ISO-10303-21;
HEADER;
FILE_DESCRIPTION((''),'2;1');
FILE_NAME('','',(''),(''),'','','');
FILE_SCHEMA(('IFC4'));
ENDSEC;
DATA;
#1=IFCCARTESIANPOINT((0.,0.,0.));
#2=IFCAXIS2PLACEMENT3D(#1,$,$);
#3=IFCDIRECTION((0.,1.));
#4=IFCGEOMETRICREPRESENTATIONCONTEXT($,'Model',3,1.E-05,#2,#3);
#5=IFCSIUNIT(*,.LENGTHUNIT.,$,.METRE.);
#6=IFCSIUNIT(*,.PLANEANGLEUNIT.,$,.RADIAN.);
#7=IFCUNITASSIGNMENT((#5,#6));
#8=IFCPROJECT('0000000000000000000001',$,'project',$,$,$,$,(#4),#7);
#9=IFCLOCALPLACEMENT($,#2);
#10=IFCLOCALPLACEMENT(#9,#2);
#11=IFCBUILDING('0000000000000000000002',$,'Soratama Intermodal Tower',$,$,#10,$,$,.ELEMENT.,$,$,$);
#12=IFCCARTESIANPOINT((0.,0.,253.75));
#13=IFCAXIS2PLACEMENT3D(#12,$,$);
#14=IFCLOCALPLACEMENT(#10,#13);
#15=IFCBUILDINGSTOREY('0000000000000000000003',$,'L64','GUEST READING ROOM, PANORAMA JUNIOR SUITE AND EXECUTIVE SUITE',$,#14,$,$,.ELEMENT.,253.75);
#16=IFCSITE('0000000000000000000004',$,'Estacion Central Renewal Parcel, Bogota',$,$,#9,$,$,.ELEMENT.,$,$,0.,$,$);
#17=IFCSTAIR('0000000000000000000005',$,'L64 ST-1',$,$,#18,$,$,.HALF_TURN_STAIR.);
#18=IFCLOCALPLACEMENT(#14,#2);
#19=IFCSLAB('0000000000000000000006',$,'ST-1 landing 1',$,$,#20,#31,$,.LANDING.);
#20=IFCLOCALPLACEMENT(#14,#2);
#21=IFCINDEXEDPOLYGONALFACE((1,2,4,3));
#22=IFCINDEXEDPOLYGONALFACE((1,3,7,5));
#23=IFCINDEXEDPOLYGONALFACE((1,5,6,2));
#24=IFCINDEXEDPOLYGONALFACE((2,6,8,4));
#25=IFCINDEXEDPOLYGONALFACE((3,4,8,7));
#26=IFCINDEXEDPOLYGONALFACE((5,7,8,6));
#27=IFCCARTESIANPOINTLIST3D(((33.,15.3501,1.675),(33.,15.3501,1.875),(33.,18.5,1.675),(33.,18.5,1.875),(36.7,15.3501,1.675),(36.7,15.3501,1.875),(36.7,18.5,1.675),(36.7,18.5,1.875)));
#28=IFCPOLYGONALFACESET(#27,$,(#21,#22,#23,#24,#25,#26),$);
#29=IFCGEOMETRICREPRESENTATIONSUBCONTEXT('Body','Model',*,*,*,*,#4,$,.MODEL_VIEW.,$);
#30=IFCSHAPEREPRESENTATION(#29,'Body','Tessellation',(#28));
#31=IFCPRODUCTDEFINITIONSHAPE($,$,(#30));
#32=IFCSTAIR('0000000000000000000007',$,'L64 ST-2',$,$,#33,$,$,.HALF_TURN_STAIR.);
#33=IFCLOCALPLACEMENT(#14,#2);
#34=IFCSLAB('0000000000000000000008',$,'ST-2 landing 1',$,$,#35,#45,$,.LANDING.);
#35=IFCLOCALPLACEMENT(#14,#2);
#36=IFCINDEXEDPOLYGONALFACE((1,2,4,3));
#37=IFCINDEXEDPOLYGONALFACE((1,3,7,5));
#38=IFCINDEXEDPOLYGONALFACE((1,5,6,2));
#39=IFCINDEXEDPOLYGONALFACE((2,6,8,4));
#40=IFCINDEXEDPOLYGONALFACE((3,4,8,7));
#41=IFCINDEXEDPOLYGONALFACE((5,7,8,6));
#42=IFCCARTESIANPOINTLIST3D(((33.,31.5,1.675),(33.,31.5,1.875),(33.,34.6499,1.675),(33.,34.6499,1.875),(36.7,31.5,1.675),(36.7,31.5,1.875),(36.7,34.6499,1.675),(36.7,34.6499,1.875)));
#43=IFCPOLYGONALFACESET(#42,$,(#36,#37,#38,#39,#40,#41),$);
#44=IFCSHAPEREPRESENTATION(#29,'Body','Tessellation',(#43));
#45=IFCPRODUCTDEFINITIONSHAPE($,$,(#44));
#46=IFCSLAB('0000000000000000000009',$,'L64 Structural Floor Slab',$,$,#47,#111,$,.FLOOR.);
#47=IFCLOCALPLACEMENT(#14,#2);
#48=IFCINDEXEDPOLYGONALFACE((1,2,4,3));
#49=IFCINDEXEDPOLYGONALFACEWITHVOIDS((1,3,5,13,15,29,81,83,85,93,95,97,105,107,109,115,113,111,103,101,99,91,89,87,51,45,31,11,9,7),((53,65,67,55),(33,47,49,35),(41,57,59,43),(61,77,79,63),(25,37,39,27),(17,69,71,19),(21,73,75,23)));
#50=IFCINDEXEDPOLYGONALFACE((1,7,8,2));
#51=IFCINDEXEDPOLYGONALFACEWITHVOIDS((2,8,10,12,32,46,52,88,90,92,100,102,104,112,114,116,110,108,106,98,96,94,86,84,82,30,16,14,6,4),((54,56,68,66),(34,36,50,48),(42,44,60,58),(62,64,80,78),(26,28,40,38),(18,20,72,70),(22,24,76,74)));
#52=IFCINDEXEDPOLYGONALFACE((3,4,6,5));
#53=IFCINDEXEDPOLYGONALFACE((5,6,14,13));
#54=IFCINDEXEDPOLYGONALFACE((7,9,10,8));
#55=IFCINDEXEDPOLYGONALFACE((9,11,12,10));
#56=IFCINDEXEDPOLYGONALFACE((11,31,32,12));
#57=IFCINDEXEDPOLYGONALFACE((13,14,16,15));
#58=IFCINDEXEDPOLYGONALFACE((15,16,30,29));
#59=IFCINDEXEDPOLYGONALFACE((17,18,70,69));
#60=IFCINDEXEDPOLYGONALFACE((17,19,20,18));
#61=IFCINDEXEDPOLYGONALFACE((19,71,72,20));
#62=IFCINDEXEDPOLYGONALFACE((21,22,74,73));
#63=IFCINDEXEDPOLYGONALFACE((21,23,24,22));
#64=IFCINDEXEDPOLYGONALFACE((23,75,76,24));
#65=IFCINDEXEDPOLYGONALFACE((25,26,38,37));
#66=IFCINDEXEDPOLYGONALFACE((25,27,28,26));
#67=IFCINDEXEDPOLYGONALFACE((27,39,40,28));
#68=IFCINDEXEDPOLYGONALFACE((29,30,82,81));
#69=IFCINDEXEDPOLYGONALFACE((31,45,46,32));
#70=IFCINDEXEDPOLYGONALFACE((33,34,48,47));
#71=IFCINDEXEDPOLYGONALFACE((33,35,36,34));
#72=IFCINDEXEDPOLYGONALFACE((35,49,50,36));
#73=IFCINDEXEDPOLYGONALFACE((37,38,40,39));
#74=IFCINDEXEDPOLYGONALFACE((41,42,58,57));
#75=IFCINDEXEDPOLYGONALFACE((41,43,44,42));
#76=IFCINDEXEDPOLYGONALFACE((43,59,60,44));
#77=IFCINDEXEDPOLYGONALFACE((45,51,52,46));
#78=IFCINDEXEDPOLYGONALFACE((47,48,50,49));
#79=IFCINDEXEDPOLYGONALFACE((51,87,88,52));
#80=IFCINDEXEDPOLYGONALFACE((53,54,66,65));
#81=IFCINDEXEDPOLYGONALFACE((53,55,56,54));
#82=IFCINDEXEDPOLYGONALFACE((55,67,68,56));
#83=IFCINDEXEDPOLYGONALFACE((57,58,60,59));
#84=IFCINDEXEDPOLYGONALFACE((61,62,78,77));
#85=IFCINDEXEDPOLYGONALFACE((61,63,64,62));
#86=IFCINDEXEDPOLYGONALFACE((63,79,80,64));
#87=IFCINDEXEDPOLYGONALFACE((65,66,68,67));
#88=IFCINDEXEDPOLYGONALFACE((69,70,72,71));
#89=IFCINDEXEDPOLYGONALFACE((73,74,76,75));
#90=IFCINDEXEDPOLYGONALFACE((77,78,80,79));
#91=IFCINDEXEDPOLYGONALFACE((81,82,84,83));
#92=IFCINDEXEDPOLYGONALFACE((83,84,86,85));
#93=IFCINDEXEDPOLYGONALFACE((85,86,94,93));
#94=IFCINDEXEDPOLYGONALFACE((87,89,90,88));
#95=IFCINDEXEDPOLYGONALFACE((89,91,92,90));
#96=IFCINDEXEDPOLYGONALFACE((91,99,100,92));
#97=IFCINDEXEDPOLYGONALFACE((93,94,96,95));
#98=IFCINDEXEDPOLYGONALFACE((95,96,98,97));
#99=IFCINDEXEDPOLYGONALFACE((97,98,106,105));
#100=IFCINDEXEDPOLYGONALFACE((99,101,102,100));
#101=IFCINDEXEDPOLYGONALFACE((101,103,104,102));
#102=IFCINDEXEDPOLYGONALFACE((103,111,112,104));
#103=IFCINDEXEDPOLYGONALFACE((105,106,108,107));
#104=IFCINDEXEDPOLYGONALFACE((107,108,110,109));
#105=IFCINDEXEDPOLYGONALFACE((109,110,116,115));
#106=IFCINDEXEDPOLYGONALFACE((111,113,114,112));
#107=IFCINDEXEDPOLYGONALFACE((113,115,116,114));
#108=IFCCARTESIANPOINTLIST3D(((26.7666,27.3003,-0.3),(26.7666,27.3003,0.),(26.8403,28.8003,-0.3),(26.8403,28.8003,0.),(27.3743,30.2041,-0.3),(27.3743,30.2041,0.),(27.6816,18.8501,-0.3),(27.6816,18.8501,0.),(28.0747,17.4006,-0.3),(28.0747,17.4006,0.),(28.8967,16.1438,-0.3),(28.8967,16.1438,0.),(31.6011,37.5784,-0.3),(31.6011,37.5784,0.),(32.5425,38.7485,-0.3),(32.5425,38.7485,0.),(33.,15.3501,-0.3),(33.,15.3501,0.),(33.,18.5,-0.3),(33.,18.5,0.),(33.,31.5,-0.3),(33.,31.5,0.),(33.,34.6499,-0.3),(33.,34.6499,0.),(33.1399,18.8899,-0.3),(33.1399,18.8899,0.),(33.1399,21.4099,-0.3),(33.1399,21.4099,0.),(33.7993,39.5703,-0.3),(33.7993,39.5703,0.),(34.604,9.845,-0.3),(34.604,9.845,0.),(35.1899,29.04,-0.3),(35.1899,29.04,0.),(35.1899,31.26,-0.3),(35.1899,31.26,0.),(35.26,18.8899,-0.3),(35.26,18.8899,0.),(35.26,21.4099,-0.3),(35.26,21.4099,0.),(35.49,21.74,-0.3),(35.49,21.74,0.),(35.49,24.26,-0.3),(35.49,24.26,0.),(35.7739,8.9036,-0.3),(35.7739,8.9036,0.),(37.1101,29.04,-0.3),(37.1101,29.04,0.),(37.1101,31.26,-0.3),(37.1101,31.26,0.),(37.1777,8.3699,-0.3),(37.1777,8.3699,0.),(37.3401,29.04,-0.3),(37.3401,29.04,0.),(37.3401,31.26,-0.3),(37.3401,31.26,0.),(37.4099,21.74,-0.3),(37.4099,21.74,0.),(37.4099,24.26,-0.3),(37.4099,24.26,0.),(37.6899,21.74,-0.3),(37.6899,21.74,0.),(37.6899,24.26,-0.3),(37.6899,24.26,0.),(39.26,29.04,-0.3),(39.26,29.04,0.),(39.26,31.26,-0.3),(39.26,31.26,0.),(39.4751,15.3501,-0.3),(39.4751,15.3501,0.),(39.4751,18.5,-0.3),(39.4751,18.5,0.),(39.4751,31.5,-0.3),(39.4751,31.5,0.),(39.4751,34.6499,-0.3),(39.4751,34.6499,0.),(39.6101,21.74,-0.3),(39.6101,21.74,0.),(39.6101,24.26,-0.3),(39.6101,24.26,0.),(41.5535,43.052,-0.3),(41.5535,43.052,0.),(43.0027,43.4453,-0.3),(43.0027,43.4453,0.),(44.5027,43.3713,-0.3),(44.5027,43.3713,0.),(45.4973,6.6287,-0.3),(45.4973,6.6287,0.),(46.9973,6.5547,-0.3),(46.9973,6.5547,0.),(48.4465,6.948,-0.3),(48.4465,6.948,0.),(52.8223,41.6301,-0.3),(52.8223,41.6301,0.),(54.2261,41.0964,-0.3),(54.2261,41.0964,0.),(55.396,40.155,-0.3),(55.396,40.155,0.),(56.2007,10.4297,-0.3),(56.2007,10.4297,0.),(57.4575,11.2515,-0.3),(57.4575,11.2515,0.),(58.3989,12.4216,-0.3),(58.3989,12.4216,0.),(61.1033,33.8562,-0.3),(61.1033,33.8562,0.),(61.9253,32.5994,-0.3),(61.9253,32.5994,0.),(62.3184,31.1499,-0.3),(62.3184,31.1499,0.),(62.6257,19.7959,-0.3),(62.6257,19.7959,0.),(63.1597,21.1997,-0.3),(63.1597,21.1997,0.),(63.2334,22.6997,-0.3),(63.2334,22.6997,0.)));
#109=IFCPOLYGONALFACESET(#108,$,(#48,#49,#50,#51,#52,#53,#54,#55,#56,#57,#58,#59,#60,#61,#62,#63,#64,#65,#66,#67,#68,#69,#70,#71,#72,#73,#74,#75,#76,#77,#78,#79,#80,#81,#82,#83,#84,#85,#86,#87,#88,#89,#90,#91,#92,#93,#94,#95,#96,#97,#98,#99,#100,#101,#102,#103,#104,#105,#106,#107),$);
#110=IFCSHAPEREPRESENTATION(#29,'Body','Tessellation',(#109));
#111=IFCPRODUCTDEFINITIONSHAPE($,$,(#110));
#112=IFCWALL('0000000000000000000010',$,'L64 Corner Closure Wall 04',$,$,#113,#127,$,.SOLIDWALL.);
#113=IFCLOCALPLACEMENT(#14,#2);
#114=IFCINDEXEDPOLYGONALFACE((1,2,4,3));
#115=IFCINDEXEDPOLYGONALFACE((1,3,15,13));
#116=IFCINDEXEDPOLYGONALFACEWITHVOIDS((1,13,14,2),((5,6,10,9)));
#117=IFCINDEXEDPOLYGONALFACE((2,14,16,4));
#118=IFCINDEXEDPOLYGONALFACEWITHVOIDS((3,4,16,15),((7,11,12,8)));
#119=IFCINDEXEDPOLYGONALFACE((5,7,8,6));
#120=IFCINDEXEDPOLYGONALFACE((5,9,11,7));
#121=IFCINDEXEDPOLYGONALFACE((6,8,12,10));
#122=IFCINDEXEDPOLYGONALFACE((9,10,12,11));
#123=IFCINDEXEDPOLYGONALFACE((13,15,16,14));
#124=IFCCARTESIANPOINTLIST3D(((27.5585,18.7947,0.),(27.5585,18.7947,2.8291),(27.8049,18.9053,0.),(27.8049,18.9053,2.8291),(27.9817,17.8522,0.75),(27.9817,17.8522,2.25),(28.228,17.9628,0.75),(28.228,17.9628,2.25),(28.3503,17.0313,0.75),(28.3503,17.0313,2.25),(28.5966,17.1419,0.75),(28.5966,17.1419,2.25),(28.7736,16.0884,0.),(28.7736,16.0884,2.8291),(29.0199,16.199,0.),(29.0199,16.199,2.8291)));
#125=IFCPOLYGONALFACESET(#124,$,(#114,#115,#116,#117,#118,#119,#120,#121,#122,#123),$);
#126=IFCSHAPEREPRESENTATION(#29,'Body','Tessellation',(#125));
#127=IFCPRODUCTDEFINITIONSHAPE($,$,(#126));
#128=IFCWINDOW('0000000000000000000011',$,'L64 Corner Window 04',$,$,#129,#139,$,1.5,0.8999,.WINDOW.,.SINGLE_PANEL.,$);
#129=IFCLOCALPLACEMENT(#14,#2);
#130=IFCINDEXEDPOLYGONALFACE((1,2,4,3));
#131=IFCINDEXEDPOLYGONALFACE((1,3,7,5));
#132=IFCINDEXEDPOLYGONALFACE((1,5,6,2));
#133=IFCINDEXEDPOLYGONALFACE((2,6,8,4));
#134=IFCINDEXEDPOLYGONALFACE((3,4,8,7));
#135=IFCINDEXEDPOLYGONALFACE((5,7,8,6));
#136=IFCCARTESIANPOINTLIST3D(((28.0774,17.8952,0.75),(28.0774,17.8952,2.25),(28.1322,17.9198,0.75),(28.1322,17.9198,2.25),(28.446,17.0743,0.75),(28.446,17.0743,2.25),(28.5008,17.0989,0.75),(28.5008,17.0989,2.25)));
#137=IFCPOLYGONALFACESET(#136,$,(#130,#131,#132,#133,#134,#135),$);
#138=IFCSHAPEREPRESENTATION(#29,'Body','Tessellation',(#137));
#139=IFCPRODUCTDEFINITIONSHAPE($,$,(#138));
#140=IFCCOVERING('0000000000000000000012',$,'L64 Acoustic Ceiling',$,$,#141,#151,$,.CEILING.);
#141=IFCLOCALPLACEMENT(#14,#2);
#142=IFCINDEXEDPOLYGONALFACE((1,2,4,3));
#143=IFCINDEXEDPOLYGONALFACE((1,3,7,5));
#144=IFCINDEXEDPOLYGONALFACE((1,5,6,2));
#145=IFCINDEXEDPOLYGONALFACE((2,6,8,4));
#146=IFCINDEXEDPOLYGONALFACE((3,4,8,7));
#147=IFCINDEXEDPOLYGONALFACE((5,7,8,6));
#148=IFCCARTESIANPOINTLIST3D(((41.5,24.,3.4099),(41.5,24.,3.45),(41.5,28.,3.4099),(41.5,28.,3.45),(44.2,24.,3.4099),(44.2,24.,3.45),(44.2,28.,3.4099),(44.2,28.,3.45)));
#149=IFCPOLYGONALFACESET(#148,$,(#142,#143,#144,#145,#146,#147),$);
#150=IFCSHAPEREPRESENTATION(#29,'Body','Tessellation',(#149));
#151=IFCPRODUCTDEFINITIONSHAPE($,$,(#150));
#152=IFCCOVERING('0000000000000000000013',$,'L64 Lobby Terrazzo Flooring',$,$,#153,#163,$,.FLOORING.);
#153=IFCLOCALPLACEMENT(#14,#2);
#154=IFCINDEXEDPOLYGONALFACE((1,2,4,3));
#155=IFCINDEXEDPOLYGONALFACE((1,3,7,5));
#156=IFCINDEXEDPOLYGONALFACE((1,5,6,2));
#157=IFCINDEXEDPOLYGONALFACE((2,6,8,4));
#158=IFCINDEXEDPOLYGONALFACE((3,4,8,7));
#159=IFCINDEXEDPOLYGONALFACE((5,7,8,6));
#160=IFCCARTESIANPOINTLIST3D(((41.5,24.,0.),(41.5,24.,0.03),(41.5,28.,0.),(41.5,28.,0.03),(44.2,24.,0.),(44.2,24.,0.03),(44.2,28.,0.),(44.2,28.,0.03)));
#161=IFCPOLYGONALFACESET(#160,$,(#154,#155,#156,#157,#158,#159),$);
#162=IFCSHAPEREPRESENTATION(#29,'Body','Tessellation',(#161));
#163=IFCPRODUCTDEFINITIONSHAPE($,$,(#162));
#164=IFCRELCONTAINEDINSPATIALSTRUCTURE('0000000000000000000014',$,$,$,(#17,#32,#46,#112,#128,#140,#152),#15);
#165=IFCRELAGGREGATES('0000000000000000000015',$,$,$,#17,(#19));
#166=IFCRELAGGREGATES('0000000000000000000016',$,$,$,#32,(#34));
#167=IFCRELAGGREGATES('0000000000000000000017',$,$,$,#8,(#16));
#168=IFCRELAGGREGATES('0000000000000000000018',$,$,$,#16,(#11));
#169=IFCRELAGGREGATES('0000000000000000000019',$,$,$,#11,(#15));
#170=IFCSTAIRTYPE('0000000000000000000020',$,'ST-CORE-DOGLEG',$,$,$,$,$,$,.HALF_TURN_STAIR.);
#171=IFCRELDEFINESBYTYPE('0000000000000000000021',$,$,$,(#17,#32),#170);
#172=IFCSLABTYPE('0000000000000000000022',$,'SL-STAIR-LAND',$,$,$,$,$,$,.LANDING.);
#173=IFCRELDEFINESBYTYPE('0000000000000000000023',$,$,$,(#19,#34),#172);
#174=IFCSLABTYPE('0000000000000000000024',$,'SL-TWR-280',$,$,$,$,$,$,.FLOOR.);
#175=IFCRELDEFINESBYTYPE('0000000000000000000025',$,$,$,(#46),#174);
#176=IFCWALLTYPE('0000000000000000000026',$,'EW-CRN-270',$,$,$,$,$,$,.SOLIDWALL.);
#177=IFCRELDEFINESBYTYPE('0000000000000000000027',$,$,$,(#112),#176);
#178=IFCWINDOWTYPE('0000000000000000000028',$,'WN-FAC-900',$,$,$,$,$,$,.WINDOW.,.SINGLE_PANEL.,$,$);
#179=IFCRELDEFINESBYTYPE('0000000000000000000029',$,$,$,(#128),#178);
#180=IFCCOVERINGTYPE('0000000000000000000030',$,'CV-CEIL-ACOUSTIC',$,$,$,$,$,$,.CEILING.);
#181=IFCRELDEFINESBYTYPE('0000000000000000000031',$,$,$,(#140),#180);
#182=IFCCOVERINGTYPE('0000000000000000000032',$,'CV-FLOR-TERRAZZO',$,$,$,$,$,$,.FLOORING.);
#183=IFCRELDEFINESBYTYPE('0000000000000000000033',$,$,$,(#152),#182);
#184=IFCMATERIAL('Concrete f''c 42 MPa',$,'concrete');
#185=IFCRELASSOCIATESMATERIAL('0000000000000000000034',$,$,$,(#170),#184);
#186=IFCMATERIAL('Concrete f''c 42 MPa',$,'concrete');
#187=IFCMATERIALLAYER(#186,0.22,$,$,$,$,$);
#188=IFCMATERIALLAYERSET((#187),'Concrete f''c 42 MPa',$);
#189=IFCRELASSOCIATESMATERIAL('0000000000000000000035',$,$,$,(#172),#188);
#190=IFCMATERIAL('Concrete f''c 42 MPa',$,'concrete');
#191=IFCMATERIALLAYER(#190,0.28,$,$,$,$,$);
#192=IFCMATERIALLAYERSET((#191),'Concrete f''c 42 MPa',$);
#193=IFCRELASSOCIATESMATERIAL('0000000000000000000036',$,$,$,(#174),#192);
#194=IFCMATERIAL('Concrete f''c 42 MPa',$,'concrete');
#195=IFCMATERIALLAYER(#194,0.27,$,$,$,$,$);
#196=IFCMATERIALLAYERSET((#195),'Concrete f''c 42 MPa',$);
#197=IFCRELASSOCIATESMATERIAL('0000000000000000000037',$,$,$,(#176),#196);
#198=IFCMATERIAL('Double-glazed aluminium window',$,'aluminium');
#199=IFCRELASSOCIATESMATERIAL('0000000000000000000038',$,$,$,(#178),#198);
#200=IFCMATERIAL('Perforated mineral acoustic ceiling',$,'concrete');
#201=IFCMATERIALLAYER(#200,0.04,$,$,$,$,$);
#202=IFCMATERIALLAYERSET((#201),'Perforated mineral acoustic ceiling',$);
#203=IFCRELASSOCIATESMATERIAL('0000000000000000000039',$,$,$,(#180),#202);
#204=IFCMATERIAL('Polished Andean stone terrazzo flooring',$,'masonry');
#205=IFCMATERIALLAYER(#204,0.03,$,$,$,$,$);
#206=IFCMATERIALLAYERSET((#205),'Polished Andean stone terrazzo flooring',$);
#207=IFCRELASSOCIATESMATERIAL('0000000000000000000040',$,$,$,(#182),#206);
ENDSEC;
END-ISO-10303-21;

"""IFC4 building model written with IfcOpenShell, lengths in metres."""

from ifc_helpers import new_model, si_unit, direction, frame, frame_2d, origin, place, context, subcontext, project, spatial, polyline, rectangle, outline, extrude, material, layer, layer_set, type_object, element, fill, aggregate, save


model = new_model("IFC4")

# Units and contexts
model_context = context("Model", 3, precision=1e-05, world=origin(), true_north=direction((0.0, 1.0)))
body_context = subcontext(model_context, "Body", "Model", "MODEL_VIEW")
ifc_project = project(units=[si_unit("LENGTHUNIT", "METRE"), si_unit("PLANEANGLEUNIT", "RADIAN")], contexts=[model_context])

# Site, building, storey
site_placement = place(None, origin())
site = spatial("IfcSite", under=ifc_project, at=site_placement, Name="Estacion Central Renewal Parcel, Bogota", CompositionType="ELEMENT", RefElevation=0.0)
building_placement = place(site_placement, origin())
building = spatial("IfcBuilding", under=site, at=building_placement, Name="Soratama Intermodal Tower", CompositionType="ELEMENT")
storey_placement = place(building_placement, frame((0.0, 0.0, 253.75)))
storey = spatial("IfcBuildingStorey", under=building, at=storey_placement, Name="L64", Description="GUEST READING ROOM, PANORAMA JUNIOR SUITE AND EXECUTIVE SUITE", CompositionType="ELEMENT", Elevation=253.75)

# Stairs, slabs
ifc_material_1 = material(Name="Concrete f'c 42 MPa", Category="concrete")
stair_type = type_object("IfcStairType", Name="ST-CORE-DOGLEG", PredefinedType="HALF_TURN_STAIR", material=ifc_material_1)
stair_1_placement = place(storey_placement, origin())
stair_1 = element("IfcStair", 1, at=stair_1_placement, inside=storey, type_object=stair_type, Name="L64 ST-1", PredefinedType="HALF_TURN_STAIR")
ifc_material_2 = material(Name="Concrete f'c 42 MPa", Category="concrete")
ifc_layer_1 = layer(ifc_material_2, 0.22)
ifc_layer_set_1 = layer_set([ifc_layer_1], Name="Concrete f'c 42 MPa")
slab_type_1 = type_object("IfcSlabType", Name="SL-STAIR-LAND", PredefinedType="LANDING", material=ifc_layer_set_1)
slab_1_placement = place(storey_placement, frame((0.0, 0.0, 1.675)))
slab_1 = element("IfcSlab", 2, at=slab_1_placement, type_object=slab_type_1, Name="ST-1 landing 1", PredefinedType="LANDING", context=body_context, shape_type="SweptSolid", body=[
    extrude(outline(polyline([(36.7, 18.5), (33.0, 18.5), (33.0, 15.3501), (36.7, 15.3501), (36.7, 18.5)])), origin(), (0.0, 0.0, 1.0), 0.2),
])
aggregate(stair_1, [slab_1])
stair_2_placement = place(storey_placement, origin())
stair_2 = element("IfcStair", 3, at=stair_2_placement, inside=storey, type_object=stair_type, Name="L64 ST-2", PredefinedType="HALF_TURN_STAIR")
slab_2_placement = place(storey_placement, frame((0.0, 0.0, 1.675)))
slab_2 = element("IfcSlab", 4, at=slab_2_placement, type_object=slab_type_1, Name="ST-2 landing 1", PredefinedType="LANDING", context=body_context, shape_type="SweptSolid", body=[
    extrude(outline(polyline([(36.7, 34.6499), (33.0, 34.6499), (33.0, 31.5), (36.7, 31.5), (36.7, 34.6499)])), origin(), (0.0, 0.0, 1.0), 0.2),
])
aggregate(stair_2, [slab_2])

# Slab
ifc_material_3 = material(Name="Concrete f'c 42 MPa", Category="concrete")
ifc_layer_2 = layer(ifc_material_3, 0.28)
ifc_layer_set_2 = layer_set([ifc_layer_2], Name="Concrete f'c 42 MPa")
slab_type_2 = type_object("IfcSlabType", Name="SL-TWR-280", PredefinedType="FLOOR", material=ifc_layer_set_2)
slab_3_placement = place(storey_placement, frame((0.0, 0.0, -0.3)))
element("IfcSlab", 5, at=slab_3_placement, inside=storey, type_object=slab_type_2, Name="L64 Structural Floor Slab", PredefinedType="FLOOR", context=body_context, shape_type="SweptSolid", body=[
    extrude(outline(polyline([(55.396, 40.155), (54.2261, 41.0964), (52.8223, 41.6301), (44.5027, 43.3713), (43.0027, 43.4453), (41.5535, 43.052), (33.7993, 39.5703), (32.5425, 38.7485), (31.6011, 37.5784), (27.3743, 30.2041), (26.8403, 28.8003), (26.7666, 27.3003), (27.6816, 18.8501), (28.0747, 17.4006), (28.8967, 16.1438), (34.604, 9.845), (35.7739, 8.9036), (37.1777, 8.3699), (45.4973, 6.6287), (46.9973, 6.5547), (48.4465, 6.948), (56.2007, 10.4297), (57.4575, 11.2515), (58.3989, 12.4216), (62.6257, 19.7959), (63.1597, 21.1997), (63.2334, 22.6997), (62.3184, 31.1499), (61.9253, 32.5994), (61.1033, 33.8562), (55.396, 40.155)]), holes=[polyline([(33.0, 15.3501), (39.4751, 15.3501), (39.4751, 18.5), (33.0, 18.5), (33.0, 15.3501)]), polyline([(35.26, 21.4099), (33.1399, 21.4099), (33.1399, 18.8899), (35.26, 18.8899), (35.26, 21.4099)]), polyline([(37.4099, 24.26), (35.49, 24.26), (35.49, 21.74), (37.4099, 21.74), (37.4099, 24.26)]), polyline([(39.6101, 24.26), (37.6899, 24.26), (37.6899, 21.74), (39.6101, 21.74), (39.6101, 24.26)]), polyline([(37.1101, 31.26), (35.1899, 31.26), (35.1899, 29.04), (37.1101, 29.04), (37.1101, 31.26)]), polyline([(39.26, 31.26), (37.3401, 31.26), (37.3401, 29.04), (39.26, 29.04), (39.26, 31.26)]), polyline([(33.0, 34.6499), (33.0, 31.5), (39.4751, 31.5), (39.4751, 34.6499), (33.0, 34.6499)])]), origin(), (0.0, 0.0, 1.0), 0.3),
])

# Wall, opening, window
ifc_material_4 = material(Name="Concrete f'c 42 MPa", Category="concrete")
ifc_layer_3 = layer(ifc_material_4, 0.27)
ifc_layer_set_3 = layer_set([ifc_layer_3], Name="Concrete f'c 42 MPa")
wall_type = type_object("IfcWallType", Name="EW-CRN-270", PredefinedType="SOLIDWALL", material=ifc_layer_set_3)
wall_placement = place(storey_placement, frame((27.6816, 18.8501, 0.0), z_axis=(0.0, 0.0, 1.0), x_axis=(0.409595, -0.912268, 0.0)))
wall = element("IfcWall", 6, at=wall_placement, inside=storey, type_object=wall_type, Name="L64 Corner Closure Wall 04", PredefinedType="SOLIDWALL", context=body_context, shape_type="SweptSolid", body=[
    extrude(rectangle(XDim=2.9666, YDim=0.27, at=frame_2d((1.4834, 0.0))), origin(), (0.0, 0.0, 1.0), 2.8291),
])
opening_placement = place(wall_placement, frame((1.0332, 0.0, 0.75)))
opening = element("IfcOpeningElement", 7, at=opening_placement, cuts=wall, PredefinedType="OPENING", context=body_context, shape_type="SweptSolid", body=[
    extrude(rectangle(XDim=0.8999, YDim=1.5, at=frame_2d((0.45, 0.75))), frame((0.0, 0.145, 0.0), z_axis=(0.0, -1.0, 0.0), x_axis=(1.0, 0.0, 0.0)), (0.0, 0.0, 1.0), 0.29),
])
ifc_material_5 = material(Name="Double-glazed aluminium window", Category="aluminium")
window_type = type_object("IfcWindowType", Name="WN-FAC-900", PartitioningType="SINGLE_PANEL", PredefinedType="WINDOW", material=ifc_material_5)
window_placement = place(opening_placement, origin())
window = element("IfcWindow", 8, at=window_placement, inside=storey, type_object=window_type, Name="L64 Corner Window 04", OverallHeight=1.5, OverallWidth=0.8999, PartitioningType="SINGLE_PANEL", PredefinedType="WINDOW", context=body_context, shape_type="SweptSolid", body=[
    extrude(rectangle(XDim=0.8999, YDim=1.5, at=frame_2d((0.45, 0.75))), frame((0.0, 0.03, 0.0), z_axis=(0.0, -1.0, 0.0), x_axis=(1.0, 0.0, 0.0)), (0.0, 0.0, 1.0), 0.0601),
])
fill(opening, window)

# Coverings
ifc_material_6 = material(Name="Perforated mineral acoustic ceiling", Category="concrete")
ifc_layer_4 = layer(ifc_material_6, 0.04)
ifc_layer_set_4 = layer_set([ifc_layer_4], Name="Perforated mineral acoustic ceiling")
covering_type_1 = type_object("IfcCoveringType", Name="CV-CEIL-ACOUSTIC", PredefinedType="CEILING", material=ifc_layer_set_4)
covering_1_placement = place(storey_placement, frame((0.0, 0.0, 3.4099)))
element("IfcCovering", 9, at=covering_1_placement, inside=storey, type_object=covering_type_1, Name="L64 Acoustic Ceiling", PredefinedType="CEILING", context=body_context, shape_type="SweptSolid", body=[
    extrude(outline(polyline([(41.5, 24.0), (44.2, 24.0), (44.2, 28.0), (41.5, 28.0), (41.5, 24.0)])), origin(), (0.0, 0.0, 1.0), 0.04),
])
ifc_material_7 = material(Name="Polished Andean stone terrazzo flooring", Category="masonry")
ifc_layer_5 = layer(ifc_material_7, 0.03)
ifc_layer_set_5 = layer_set([ifc_layer_5], Name="Polished Andean stone terrazzo flooring")
covering_type_2 = type_object("IfcCoveringType", Name="CV-FLOR-TERRAZZO", PredefinedType="FLOORING", material=ifc_layer_set_5)
covering_2_placement = place(storey_placement, origin())
element("IfcCovering", 10, at=covering_2_placement, inside=storey, type_object=covering_type_2, Name="L64 Lobby Terrazzo Flooring", PredefinedType="FLOORING", context=body_context, shape_type="SweptSolid", body=[
    extrude(outline(polyline([(41.5, 24.0), (44.2, 24.0), (44.2, 28.0), (41.5, 28.0), (41.5, 24.0)])), origin(), (0.0, 0.0, 1.0), 0.03),
])

save(model, "model.ifc")
